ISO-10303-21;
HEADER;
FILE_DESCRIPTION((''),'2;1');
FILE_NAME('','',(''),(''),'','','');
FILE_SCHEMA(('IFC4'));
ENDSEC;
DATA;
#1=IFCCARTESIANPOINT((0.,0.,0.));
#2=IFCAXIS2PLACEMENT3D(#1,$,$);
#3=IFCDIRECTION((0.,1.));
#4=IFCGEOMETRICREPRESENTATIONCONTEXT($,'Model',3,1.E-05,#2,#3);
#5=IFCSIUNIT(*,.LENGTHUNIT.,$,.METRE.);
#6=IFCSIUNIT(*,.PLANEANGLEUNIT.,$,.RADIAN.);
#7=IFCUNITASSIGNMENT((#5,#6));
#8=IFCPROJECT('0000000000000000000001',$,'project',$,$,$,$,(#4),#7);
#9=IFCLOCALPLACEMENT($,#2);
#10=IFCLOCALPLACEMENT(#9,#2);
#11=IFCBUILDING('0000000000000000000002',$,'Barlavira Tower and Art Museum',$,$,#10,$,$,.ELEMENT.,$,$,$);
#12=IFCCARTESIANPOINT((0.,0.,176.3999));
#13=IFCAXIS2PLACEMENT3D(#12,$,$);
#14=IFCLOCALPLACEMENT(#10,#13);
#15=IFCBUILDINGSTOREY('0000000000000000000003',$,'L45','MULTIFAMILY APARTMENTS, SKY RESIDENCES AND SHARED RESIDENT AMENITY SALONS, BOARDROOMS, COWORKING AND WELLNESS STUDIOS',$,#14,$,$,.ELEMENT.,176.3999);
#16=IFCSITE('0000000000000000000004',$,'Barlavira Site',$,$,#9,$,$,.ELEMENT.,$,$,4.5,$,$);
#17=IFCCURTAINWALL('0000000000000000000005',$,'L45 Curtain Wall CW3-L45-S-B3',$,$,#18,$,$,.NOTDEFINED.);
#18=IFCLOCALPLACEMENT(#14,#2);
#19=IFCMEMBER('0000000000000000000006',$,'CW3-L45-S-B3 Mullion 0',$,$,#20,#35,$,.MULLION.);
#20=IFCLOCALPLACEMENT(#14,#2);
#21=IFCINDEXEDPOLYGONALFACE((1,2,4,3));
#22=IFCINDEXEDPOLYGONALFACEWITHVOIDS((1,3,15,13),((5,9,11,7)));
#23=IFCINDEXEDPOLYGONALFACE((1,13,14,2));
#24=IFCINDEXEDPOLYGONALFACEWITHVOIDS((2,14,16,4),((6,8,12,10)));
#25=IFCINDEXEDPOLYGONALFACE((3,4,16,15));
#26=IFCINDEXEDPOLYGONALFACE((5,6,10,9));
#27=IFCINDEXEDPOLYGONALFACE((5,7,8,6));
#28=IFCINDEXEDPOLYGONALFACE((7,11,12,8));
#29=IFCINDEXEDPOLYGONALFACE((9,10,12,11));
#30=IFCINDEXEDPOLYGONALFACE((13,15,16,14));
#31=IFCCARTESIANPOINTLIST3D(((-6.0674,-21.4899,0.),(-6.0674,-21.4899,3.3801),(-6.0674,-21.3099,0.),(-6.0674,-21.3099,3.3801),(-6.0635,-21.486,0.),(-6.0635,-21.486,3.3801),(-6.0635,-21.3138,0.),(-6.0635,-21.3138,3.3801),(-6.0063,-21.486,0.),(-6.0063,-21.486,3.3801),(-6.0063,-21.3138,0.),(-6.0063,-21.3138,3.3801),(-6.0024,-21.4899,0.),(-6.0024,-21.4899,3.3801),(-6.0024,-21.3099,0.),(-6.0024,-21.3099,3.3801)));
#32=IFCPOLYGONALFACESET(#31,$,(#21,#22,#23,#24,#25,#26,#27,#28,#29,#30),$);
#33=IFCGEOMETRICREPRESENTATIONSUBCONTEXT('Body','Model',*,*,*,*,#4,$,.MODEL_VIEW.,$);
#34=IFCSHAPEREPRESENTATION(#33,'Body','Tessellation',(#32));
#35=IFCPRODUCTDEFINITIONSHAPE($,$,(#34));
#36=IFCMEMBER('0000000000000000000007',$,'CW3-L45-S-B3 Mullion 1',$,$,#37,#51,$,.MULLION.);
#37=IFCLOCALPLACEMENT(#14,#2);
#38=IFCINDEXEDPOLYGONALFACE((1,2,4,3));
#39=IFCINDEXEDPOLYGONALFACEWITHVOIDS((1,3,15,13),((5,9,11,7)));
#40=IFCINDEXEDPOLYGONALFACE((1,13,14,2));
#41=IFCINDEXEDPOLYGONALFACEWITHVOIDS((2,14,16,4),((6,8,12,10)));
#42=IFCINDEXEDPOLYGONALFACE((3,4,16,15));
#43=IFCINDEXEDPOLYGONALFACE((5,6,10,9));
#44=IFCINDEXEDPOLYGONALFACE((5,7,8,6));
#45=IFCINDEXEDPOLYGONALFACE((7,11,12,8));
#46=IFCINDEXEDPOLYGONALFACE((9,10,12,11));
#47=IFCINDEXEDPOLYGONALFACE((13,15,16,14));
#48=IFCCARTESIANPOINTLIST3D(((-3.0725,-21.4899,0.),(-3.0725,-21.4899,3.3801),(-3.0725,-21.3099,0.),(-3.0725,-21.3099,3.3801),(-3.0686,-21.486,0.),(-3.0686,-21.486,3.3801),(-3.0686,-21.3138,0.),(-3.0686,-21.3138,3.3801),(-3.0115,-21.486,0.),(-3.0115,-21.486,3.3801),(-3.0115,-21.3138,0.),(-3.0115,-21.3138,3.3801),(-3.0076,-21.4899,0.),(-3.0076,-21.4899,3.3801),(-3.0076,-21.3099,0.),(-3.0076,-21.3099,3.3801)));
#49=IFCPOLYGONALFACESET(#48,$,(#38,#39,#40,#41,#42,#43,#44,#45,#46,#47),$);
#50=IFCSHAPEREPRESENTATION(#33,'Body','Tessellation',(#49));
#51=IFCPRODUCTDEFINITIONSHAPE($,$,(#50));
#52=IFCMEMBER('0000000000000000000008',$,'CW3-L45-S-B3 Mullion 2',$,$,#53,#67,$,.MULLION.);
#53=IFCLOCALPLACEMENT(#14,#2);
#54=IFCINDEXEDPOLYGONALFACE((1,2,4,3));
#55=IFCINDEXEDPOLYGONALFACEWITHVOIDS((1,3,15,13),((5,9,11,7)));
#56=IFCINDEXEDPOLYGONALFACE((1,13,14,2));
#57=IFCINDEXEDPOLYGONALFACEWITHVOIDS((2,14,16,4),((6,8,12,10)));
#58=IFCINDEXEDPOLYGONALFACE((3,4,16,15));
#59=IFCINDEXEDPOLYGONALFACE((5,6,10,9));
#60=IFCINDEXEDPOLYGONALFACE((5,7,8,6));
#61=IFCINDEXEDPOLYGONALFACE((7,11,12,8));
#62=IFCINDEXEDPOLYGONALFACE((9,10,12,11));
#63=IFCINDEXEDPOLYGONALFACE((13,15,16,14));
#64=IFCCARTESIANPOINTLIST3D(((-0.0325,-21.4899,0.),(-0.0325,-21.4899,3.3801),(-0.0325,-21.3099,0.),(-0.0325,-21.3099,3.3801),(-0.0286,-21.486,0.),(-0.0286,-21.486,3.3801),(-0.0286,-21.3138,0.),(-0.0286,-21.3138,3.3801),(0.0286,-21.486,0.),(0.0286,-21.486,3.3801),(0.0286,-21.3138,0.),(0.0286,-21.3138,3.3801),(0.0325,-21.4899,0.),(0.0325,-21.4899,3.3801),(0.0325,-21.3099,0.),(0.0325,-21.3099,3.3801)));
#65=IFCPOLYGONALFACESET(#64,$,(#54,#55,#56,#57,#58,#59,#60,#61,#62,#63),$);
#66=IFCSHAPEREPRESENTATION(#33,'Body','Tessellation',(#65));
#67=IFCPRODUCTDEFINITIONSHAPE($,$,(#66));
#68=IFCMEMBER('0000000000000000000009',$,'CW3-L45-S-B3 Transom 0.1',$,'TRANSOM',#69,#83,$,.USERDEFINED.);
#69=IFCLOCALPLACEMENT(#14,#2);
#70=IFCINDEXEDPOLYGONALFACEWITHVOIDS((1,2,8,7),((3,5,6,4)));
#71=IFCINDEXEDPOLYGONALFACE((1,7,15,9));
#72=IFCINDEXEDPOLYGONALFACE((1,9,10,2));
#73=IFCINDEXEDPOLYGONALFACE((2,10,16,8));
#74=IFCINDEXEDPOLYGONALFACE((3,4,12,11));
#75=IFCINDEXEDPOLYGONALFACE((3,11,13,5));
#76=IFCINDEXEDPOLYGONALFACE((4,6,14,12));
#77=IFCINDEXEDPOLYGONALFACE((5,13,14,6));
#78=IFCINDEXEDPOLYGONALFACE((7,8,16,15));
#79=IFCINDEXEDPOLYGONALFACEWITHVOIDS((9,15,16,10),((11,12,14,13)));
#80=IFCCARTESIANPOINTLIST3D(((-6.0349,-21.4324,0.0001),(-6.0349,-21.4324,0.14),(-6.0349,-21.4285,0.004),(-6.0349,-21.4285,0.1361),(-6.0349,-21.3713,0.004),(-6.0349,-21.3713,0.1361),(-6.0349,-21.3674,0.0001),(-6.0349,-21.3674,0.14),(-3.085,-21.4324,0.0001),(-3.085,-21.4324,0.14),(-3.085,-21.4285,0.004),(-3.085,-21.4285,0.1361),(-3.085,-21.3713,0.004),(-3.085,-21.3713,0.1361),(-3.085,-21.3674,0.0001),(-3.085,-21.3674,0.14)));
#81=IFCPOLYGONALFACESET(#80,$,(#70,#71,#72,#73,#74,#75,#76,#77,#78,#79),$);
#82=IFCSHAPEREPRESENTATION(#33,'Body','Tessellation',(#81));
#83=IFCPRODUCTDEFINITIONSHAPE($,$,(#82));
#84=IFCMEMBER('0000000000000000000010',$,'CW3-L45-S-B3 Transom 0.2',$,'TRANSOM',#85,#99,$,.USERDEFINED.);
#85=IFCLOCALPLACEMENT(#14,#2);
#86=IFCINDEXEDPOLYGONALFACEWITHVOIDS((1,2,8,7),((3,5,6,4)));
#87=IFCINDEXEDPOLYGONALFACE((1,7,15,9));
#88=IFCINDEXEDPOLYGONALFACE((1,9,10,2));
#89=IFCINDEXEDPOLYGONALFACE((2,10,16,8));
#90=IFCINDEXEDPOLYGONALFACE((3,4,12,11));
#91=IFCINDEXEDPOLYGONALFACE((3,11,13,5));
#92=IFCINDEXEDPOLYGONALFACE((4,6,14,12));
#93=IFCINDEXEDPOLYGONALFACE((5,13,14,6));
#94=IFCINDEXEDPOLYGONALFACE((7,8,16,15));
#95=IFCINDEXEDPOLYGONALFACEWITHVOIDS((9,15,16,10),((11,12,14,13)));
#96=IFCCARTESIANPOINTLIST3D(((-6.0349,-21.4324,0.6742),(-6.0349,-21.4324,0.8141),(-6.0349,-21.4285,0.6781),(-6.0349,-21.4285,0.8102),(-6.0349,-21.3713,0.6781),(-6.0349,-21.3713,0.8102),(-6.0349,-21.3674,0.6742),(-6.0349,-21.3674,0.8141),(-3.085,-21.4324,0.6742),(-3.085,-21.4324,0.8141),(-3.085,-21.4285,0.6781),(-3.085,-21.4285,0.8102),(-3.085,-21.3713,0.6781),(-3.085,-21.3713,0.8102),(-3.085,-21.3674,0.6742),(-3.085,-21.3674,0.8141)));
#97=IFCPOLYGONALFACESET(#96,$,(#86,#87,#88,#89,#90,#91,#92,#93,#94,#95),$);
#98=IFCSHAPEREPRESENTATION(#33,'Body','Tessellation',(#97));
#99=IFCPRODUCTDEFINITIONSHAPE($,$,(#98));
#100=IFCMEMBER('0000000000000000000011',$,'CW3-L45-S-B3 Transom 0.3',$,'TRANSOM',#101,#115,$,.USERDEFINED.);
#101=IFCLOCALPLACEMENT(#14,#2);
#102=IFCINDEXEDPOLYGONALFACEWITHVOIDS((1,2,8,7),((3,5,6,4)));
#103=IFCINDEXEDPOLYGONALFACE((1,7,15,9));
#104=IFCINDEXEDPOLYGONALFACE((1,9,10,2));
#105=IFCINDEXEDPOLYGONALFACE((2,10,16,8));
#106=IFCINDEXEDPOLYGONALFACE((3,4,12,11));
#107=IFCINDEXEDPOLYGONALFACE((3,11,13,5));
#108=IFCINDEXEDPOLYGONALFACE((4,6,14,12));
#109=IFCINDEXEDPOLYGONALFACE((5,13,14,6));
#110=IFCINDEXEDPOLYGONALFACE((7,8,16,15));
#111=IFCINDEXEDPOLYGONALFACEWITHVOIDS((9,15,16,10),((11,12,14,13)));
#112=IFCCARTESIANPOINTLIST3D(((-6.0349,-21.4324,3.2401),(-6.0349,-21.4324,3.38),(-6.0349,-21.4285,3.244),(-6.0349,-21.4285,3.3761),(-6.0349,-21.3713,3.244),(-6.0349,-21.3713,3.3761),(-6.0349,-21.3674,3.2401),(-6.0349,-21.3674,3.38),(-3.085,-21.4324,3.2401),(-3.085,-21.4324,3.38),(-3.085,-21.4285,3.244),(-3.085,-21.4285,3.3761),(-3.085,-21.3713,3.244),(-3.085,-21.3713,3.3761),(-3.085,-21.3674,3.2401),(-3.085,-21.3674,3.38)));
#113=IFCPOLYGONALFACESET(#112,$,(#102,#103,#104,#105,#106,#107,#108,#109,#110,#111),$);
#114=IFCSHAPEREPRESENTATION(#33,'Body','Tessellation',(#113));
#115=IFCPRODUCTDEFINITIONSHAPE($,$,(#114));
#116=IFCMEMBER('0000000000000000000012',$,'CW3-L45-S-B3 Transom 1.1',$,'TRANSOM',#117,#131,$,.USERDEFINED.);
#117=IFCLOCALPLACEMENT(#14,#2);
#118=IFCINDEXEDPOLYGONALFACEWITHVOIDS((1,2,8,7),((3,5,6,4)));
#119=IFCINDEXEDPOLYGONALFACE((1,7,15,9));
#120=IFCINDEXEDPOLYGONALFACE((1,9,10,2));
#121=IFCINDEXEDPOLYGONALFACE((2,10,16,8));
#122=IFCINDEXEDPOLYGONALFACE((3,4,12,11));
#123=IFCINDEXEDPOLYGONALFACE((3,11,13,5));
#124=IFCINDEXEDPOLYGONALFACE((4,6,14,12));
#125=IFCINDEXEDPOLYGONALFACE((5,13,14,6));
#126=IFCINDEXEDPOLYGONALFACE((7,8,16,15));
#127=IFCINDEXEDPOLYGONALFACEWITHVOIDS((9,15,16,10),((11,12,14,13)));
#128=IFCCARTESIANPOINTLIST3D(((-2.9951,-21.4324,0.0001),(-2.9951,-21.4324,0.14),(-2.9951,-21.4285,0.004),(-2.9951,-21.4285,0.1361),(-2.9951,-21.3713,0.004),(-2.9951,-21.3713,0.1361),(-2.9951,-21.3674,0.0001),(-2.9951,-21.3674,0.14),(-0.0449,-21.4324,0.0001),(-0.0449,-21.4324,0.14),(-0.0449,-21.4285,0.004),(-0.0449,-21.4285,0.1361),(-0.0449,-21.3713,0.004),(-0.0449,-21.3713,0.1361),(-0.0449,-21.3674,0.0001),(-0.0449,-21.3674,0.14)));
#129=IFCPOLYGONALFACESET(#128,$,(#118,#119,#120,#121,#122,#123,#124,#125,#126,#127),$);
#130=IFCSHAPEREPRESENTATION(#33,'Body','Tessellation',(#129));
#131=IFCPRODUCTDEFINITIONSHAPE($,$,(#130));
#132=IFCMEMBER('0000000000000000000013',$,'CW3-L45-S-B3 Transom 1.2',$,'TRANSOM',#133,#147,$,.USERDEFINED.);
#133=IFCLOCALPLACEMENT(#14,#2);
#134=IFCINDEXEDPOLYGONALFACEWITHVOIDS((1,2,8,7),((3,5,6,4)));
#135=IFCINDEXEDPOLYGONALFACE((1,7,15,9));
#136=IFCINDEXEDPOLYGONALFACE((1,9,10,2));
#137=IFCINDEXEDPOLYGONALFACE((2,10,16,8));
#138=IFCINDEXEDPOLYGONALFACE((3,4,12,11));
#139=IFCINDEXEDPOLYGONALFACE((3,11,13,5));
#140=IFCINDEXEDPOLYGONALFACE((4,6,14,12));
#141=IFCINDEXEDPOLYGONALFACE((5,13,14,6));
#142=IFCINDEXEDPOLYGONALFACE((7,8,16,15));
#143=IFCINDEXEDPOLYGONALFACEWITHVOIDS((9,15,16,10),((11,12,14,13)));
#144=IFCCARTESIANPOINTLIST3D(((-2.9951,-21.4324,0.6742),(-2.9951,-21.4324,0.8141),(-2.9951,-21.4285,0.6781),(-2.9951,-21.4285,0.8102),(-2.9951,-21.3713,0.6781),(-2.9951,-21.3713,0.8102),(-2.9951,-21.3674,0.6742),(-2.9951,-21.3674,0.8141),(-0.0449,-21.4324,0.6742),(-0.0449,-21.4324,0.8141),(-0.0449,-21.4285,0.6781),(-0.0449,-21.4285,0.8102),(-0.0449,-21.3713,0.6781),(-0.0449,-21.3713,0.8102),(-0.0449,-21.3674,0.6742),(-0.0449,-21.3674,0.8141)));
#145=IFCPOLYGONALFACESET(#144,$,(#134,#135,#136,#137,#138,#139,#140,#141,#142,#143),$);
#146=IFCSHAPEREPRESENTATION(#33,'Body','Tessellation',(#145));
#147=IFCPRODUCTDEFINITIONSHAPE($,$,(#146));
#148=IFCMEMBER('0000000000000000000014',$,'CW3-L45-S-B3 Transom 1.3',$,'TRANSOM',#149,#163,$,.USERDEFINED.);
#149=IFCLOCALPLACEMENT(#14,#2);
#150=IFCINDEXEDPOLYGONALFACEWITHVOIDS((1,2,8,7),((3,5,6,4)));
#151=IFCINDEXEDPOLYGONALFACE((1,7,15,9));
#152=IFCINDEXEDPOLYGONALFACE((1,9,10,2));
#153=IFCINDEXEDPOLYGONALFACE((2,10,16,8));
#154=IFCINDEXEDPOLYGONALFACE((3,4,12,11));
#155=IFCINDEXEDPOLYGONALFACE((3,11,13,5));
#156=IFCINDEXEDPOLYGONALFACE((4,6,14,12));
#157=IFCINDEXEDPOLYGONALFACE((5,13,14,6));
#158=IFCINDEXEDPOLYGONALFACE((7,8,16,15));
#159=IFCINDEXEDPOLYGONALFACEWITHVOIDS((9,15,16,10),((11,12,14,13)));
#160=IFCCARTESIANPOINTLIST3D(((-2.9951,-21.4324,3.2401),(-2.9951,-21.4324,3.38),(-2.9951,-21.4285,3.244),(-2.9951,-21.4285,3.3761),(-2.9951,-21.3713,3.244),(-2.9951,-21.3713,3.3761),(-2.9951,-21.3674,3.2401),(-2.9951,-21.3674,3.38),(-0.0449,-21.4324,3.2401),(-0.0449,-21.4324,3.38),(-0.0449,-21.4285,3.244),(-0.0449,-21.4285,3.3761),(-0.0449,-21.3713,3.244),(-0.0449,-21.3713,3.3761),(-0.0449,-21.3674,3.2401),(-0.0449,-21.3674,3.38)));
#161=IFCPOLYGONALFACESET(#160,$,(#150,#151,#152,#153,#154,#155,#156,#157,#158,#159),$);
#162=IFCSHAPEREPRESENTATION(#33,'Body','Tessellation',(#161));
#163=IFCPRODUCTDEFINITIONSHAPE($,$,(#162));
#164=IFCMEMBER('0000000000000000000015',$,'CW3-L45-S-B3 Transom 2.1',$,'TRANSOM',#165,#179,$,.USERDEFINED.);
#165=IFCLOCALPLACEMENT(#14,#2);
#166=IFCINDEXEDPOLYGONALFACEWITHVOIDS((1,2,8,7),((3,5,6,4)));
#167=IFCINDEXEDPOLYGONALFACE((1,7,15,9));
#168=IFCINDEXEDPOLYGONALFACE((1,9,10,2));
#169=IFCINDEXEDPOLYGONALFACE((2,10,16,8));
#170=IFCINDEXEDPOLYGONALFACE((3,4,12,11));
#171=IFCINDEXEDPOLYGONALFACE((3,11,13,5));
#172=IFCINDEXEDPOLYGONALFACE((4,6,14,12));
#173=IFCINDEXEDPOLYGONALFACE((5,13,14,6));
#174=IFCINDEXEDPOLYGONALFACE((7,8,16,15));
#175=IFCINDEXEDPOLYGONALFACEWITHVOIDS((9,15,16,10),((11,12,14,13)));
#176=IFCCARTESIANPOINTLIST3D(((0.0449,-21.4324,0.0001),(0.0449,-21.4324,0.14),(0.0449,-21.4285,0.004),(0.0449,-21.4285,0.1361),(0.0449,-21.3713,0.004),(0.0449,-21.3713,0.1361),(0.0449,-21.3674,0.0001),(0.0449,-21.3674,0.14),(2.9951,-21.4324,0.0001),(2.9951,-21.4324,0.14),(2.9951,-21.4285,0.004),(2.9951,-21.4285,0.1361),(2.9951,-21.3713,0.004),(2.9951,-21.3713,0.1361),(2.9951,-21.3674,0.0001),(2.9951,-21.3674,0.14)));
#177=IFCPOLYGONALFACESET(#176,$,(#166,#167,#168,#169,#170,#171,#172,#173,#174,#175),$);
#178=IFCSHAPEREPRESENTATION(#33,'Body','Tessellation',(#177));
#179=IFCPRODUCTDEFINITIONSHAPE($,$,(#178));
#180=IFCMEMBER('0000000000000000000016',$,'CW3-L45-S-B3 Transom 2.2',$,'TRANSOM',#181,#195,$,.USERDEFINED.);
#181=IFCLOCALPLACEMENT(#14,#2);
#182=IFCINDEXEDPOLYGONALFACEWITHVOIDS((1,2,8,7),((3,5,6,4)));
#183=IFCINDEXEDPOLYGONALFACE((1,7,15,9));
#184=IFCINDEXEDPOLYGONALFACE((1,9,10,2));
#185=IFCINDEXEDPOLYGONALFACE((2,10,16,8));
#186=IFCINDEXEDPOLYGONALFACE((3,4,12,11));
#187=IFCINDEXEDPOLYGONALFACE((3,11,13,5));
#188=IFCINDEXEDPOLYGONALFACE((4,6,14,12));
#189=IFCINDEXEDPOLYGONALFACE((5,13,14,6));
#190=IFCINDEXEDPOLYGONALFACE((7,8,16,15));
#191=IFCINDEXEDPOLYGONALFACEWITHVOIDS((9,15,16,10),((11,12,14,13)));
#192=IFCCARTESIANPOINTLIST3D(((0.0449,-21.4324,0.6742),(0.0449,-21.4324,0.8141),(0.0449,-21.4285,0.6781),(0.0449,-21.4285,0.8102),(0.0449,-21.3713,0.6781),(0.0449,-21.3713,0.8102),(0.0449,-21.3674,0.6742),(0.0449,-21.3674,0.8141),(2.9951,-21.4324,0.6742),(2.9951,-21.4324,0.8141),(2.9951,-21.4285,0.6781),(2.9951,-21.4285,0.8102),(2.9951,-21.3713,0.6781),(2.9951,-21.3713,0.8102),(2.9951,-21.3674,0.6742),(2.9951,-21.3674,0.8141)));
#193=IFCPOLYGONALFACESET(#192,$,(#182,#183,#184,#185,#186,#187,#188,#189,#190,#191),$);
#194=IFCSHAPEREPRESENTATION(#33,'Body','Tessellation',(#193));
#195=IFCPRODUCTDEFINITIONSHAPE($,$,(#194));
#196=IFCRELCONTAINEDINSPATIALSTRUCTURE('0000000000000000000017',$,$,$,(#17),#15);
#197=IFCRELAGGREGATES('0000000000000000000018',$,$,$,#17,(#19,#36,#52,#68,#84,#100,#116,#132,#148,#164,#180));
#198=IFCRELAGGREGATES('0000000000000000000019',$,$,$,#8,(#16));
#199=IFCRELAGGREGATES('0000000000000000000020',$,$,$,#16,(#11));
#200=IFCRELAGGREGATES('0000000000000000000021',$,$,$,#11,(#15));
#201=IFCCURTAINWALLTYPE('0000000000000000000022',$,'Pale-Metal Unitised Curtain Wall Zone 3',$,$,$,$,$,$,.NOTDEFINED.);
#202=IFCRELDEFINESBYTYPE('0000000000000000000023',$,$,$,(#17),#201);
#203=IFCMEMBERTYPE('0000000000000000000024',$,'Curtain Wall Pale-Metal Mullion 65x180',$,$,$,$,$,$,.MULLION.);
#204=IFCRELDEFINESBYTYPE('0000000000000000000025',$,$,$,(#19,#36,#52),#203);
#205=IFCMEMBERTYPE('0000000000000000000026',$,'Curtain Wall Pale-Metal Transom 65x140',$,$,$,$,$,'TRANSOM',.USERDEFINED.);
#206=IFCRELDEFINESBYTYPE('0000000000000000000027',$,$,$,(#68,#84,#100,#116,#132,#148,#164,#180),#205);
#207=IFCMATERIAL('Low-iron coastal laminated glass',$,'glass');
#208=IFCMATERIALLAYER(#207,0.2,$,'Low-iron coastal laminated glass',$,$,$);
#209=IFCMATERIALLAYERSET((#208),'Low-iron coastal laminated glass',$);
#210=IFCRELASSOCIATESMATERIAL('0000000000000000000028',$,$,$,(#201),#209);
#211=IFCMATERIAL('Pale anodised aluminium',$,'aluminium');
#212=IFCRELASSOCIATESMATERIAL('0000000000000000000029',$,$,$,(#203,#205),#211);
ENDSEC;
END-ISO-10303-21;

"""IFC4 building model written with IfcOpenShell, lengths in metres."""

from ifc_helpers import new_model, si_unit, direction, frame, origin, origin_2d, place, context, subcontext, project, spatial, hollow_rectangle, extrude, material, layer, layer_set, material_profile, profile_set, type_object, element, aggregate, save


model = new_model("IFC4")

# Units and contexts
model_context = context("Model", 3, precision=1e-05, world=origin(), true_north=direction((0.0, 1.0)))
body_context = subcontext(model_context, "Body", "Model", "MODEL_VIEW")
ifc_project = project(units=[si_unit("LENGTHUNIT", "METRE"), si_unit("PLANEANGLEUNIT", "RADIAN")], contexts=[model_context])

# Site, building, storey
site_placement = place(None, origin())
site = spatial("IfcSite", under=ifc_project, at=site_placement, Name="Barlavira Site", CompositionType="ELEMENT", RefElevation=4.5)
building_placement = place(site_placement, origin())
building = spatial("IfcBuilding", under=site, at=building_placement, Name="Barlavira Tower and Art Museum", CompositionType="ELEMENT")
storey_placement = place(building_placement, frame((0.0, 0.0, 176.3999)))
storey = spatial("IfcBuildingStorey", under=building, at=storey_placement, Name="L45", Description="MULTIFAMILY APARTMENTS, SKY RESIDENCES AND SHARED RESIDENT AMENITY SALONS, BOARDROOMS, COWORKING AND WELLNESS STUDIOS", CompositionType="ELEMENT", Elevation=176.3999)

# Curtain wall, members
ifc_material_1 = material(Name="Low-iron coastal laminated glass", Category="glass")
ifc_layer_1 = layer(ifc_material_1, 0.2, Name="Low-iron coastal laminated glass")
ifc_layer_set_1 = layer_set([ifc_layer_1], Name="Low-iron coastal laminated glass")
curtain_wall_type = type_object("IfcCurtainWallType", Name="Pale-Metal Unitised Curtain Wall Zone 3", PredefinedType="NOTDEFINED", material=ifc_layer_set_1)
curtain_wall_placement = place(storey_placement, origin())
curtain_wall = element("IfcCurtainWall", 1, at=curtain_wall_placement, inside=storey, type_object=curtain_wall_type, Name="L45 Curtain Wall CW3-L45-S-B3", PredefinedType="NOTDEFINED")
ifc_material_2 = material(Name="Pale anodised aluminium", Category="aluminium")
ifc_material_profile_1 = material_profile(ifc_material_2, hollow_rectangle(XDim=0.0649, YDim=0.1799, WallThickness=0.0039, at=origin_2d()), Name="ALU-MULL 65x180x4")
ifc_profile_set_1 = profile_set([ifc_material_profile_1], Name="Pale anodised aluminium")
member_type_1 = type_object("IfcMemberType", Name="Curtain Wall Pale-Metal Mullion 65x180", PredefinedType="MULLION", material=ifc_profile_set_1)
member_1_placement = place(storey_placement, frame((-6.0349, -21.3999, 0.0), z_axis=(0.0, 0.0, 1.0), x_axis=(1.0, 0.0, 0.0)))
member_1 = element("IfcMember", 2, at=member_1_placement, type_object=member_type_1, Name="CW3-L45-S-B3 Mullion 0", PredefinedType="MULLION", context=body_context, shape_type="SweptSolid", body=[
    extrude(hollow_rectangle(XDim=0.0649, YDim=0.1799, WallThickness=0.0039, at=origin_2d()), origin(), (0.0, 0.0, 1.0), 3.3801),
])
member_2_placement = place(storey_placement, frame((-3.04, -21.3999, 0.0), z_axis=(0.0, 0.0, 1.0), x_axis=(1.0, 0.0, 0.0)))
member_2 = element("IfcMember", 3, at=member_2_placement, type_object=member_type_1, Name="CW3-L45-S-B3 Mullion 1", PredefinedType="MULLION", context=body_context, shape_type="SweptSolid", body=[
    extrude(hollow_rectangle(XDim=0.0649, YDim=0.1799, WallThickness=0.0039, at=origin_2d()), origin(), (0.0, 0.0, 1.0), 3.3801),
])
member_3_placement = place(storey_placement, frame((0.0, -21.3999, 0.0), z_axis=(0.0, 0.0, 1.0), x_axis=(1.0, 0.0, 0.0)))
member_3 = element("IfcMember", 4, at=member_3_placement, type_object=member_type_1, Name="CW3-L45-S-B3 Mullion 2", PredefinedType="MULLION", context=body_context, shape_type="SweptSolid", body=[
    extrude(hollow_rectangle(XDim=0.0649, YDim=0.1799, WallThickness=0.0039, at=origin_2d()), origin(), (0.0, 0.0, 1.0), 3.3801),
])
ifc_material_profile_2 = material_profile(ifc_material_2, hollow_rectangle(XDim=0.0649, YDim=0.1399, WallThickness=0.0039, at=origin_2d()), Name="ALU-TRAN 65x140x4")
ifc_profile_set_2 = profile_set([ifc_material_profile_2], Name="Pale anodised aluminium")
member_type_2 = type_object("IfcMemberType", Name="Curtain Wall Pale-Metal Transom 65x140", ElementType="TRANSOM", PredefinedType="USERDEFINED", material=ifc_profile_set_2)
member_4_placement = place(storey_placement, frame((-6.0349, -21.3999, 0.0701), z_axis=(1.0, 0.0, 0.0), x_axis=(0.0, 1.0, 0.0)))
member_4 = element("IfcMember", 5, at=member_4_placement, type_object=member_type_2, Name="CW3-L45-S-B3 Transom 0.1", ObjectType="TRANSOM", PredefinedType="USERDEFINED", context=body_context, shape_type="SweptSolid", body=[
    extrude(hollow_rectangle(XDim=0.0649, YDim=0.1399, WallThickness=0.0039, at=origin_2d()), origin(), (0.0, 0.0, 1.0), 2.95),
])
member_5_placement = place(storey_placement, frame((-6.0349, -21.3999, 0.7441), z_axis=(1.0, 0.0, 0.0), x_axis=(0.0, 1.0, 0.0)))
member_5 = element("IfcMember", 6, at=member_5_placement, type_object=member_type_2, Name="CW3-L45-S-B3 Transom 0.2", ObjectType="TRANSOM", PredefinedType="USERDEFINED", context=body_context, shape_type="SweptSolid", body=[
    extrude(hollow_rectangle(XDim=0.0649, YDim=0.1399, WallThickness=0.0039, at=origin_2d()), origin(), (0.0, 0.0, 1.0), 2.95),
])
member_6_placement = place(storey_placement, frame((-6.0349, -21.3999, 3.3101), z_axis=(1.0, 0.0, 0.0), x_axis=(0.0, 1.0, 0.0)))
member_6 = element("IfcMember", 7, at=member_6_placement, type_object=member_type_2, Name="CW3-L45-S-B3 Transom 0.3", ObjectType="TRANSOM", PredefinedType="USERDEFINED", context=body_context, shape_type="SweptSolid", body=[
    extrude(hollow_rectangle(XDim=0.0649, YDim=0.1399, WallThickness=0.0039, at=origin_2d()), origin(), (0.0, 0.0, 1.0), 2.95),
])
member_7_placement = place(storey_placement, frame((-2.9951, -21.3999, 0.0701), z_axis=(1.0, 0.0, 0.0), x_axis=(0.0, 1.0, 0.0)))
member_7 = element("IfcMember", 8, at=member_7_placement, type_object=member_type_2, Name="CW3-L45-S-B3 Transom 1.1", ObjectType="TRANSOM", PredefinedType="USERDEFINED", context=body_context, shape_type="SweptSolid", body=[
    extrude(hollow_rectangle(XDim=0.0649, YDim=0.1399, WallThickness=0.0039, at=origin_2d()), origin(), (0.0, 0.0, 1.0), 2.9502),
])
member_8_placement = place(storey_placement, frame((-2.9951, -21.3999, 0.7441), z_axis=(1.0, 0.0, 0.0), x_axis=(0.0, 1.0, 0.0)))
member_8 = element("IfcMember", 9, at=member_8_placement, type_object=member_type_2, Name="CW3-L45-S-B3 Transom 1.2", ObjectType="TRANSOM", PredefinedType="USERDEFINED", context=body_context, shape_type="SweptSolid", body=[
    extrude(hollow_rectangle(XDim=0.0649, YDim=0.1399, WallThickness=0.0039, at=origin_2d()), origin(), (0.0, 0.0, 1.0), 2.9502),
])
member_9_placement = place(storey_placement, frame((-2.9951, -21.3999, 3.3101), z_axis=(1.0, 0.0, 0.0), x_axis=(0.0, 1.0, 0.0)))
member_9 = element("IfcMember", 10, at=member_9_placement, type_object=member_type_2, Name="CW3-L45-S-B3 Transom 1.3", ObjectType="TRANSOM", PredefinedType="USERDEFINED", context=body_context, shape_type="SweptSolid", body=[
    extrude(hollow_rectangle(XDim=0.0649, YDim=0.1399, WallThickness=0.0039, at=origin_2d()), origin(), (0.0, 0.0, 1.0), 2.9502),
])
member_10_placement = place(storey_placement, frame((0.0449, -21.3999, 0.0701), z_axis=(1.0, 0.0, 0.0), x_axis=(0.0, 1.0, 0.0)))
member_10 = element("IfcMember", 11, at=member_10_placement, type_object=member_type_2, Name="CW3-L45-S-B3 Transom 2.1", ObjectType="TRANSOM", PredefinedType="USERDEFINED", context=body_context, shape_type="SweptSolid", body=[
    extrude(hollow_rectangle(XDim=0.0649, YDim=0.1399, WallThickness=0.0039, at=origin_2d()), origin(), (0.0, 0.0, 1.0), 2.9502),
])
member_11_placement = place(storey_placement, frame((0.0449, -21.3999, 0.7441), z_axis=(1.0, 0.0, 0.0), x_axis=(0.0, 1.0, 0.0)))
member_11 = element("IfcMember", 12, at=member_11_placement, type_object=member_type_2, Name="CW3-L45-S-B3 Transom 2.2", ObjectType="TRANSOM", PredefinedType="USERDEFINED", context=body_context, shape_type="SweptSolid", body=[
    extrude(hollow_rectangle(XDim=0.0649, YDim=0.1399, WallThickness=0.0039, at=origin_2d()), origin(), (0.0, 0.0, 1.0), 2.9502),
])

aggregate(curtain_wall, [member_1, member_2, member_3, member_4, member_5, member_6, member_7, member_8, member_9, member_10, member_11])

save(model, "model.ifc")
